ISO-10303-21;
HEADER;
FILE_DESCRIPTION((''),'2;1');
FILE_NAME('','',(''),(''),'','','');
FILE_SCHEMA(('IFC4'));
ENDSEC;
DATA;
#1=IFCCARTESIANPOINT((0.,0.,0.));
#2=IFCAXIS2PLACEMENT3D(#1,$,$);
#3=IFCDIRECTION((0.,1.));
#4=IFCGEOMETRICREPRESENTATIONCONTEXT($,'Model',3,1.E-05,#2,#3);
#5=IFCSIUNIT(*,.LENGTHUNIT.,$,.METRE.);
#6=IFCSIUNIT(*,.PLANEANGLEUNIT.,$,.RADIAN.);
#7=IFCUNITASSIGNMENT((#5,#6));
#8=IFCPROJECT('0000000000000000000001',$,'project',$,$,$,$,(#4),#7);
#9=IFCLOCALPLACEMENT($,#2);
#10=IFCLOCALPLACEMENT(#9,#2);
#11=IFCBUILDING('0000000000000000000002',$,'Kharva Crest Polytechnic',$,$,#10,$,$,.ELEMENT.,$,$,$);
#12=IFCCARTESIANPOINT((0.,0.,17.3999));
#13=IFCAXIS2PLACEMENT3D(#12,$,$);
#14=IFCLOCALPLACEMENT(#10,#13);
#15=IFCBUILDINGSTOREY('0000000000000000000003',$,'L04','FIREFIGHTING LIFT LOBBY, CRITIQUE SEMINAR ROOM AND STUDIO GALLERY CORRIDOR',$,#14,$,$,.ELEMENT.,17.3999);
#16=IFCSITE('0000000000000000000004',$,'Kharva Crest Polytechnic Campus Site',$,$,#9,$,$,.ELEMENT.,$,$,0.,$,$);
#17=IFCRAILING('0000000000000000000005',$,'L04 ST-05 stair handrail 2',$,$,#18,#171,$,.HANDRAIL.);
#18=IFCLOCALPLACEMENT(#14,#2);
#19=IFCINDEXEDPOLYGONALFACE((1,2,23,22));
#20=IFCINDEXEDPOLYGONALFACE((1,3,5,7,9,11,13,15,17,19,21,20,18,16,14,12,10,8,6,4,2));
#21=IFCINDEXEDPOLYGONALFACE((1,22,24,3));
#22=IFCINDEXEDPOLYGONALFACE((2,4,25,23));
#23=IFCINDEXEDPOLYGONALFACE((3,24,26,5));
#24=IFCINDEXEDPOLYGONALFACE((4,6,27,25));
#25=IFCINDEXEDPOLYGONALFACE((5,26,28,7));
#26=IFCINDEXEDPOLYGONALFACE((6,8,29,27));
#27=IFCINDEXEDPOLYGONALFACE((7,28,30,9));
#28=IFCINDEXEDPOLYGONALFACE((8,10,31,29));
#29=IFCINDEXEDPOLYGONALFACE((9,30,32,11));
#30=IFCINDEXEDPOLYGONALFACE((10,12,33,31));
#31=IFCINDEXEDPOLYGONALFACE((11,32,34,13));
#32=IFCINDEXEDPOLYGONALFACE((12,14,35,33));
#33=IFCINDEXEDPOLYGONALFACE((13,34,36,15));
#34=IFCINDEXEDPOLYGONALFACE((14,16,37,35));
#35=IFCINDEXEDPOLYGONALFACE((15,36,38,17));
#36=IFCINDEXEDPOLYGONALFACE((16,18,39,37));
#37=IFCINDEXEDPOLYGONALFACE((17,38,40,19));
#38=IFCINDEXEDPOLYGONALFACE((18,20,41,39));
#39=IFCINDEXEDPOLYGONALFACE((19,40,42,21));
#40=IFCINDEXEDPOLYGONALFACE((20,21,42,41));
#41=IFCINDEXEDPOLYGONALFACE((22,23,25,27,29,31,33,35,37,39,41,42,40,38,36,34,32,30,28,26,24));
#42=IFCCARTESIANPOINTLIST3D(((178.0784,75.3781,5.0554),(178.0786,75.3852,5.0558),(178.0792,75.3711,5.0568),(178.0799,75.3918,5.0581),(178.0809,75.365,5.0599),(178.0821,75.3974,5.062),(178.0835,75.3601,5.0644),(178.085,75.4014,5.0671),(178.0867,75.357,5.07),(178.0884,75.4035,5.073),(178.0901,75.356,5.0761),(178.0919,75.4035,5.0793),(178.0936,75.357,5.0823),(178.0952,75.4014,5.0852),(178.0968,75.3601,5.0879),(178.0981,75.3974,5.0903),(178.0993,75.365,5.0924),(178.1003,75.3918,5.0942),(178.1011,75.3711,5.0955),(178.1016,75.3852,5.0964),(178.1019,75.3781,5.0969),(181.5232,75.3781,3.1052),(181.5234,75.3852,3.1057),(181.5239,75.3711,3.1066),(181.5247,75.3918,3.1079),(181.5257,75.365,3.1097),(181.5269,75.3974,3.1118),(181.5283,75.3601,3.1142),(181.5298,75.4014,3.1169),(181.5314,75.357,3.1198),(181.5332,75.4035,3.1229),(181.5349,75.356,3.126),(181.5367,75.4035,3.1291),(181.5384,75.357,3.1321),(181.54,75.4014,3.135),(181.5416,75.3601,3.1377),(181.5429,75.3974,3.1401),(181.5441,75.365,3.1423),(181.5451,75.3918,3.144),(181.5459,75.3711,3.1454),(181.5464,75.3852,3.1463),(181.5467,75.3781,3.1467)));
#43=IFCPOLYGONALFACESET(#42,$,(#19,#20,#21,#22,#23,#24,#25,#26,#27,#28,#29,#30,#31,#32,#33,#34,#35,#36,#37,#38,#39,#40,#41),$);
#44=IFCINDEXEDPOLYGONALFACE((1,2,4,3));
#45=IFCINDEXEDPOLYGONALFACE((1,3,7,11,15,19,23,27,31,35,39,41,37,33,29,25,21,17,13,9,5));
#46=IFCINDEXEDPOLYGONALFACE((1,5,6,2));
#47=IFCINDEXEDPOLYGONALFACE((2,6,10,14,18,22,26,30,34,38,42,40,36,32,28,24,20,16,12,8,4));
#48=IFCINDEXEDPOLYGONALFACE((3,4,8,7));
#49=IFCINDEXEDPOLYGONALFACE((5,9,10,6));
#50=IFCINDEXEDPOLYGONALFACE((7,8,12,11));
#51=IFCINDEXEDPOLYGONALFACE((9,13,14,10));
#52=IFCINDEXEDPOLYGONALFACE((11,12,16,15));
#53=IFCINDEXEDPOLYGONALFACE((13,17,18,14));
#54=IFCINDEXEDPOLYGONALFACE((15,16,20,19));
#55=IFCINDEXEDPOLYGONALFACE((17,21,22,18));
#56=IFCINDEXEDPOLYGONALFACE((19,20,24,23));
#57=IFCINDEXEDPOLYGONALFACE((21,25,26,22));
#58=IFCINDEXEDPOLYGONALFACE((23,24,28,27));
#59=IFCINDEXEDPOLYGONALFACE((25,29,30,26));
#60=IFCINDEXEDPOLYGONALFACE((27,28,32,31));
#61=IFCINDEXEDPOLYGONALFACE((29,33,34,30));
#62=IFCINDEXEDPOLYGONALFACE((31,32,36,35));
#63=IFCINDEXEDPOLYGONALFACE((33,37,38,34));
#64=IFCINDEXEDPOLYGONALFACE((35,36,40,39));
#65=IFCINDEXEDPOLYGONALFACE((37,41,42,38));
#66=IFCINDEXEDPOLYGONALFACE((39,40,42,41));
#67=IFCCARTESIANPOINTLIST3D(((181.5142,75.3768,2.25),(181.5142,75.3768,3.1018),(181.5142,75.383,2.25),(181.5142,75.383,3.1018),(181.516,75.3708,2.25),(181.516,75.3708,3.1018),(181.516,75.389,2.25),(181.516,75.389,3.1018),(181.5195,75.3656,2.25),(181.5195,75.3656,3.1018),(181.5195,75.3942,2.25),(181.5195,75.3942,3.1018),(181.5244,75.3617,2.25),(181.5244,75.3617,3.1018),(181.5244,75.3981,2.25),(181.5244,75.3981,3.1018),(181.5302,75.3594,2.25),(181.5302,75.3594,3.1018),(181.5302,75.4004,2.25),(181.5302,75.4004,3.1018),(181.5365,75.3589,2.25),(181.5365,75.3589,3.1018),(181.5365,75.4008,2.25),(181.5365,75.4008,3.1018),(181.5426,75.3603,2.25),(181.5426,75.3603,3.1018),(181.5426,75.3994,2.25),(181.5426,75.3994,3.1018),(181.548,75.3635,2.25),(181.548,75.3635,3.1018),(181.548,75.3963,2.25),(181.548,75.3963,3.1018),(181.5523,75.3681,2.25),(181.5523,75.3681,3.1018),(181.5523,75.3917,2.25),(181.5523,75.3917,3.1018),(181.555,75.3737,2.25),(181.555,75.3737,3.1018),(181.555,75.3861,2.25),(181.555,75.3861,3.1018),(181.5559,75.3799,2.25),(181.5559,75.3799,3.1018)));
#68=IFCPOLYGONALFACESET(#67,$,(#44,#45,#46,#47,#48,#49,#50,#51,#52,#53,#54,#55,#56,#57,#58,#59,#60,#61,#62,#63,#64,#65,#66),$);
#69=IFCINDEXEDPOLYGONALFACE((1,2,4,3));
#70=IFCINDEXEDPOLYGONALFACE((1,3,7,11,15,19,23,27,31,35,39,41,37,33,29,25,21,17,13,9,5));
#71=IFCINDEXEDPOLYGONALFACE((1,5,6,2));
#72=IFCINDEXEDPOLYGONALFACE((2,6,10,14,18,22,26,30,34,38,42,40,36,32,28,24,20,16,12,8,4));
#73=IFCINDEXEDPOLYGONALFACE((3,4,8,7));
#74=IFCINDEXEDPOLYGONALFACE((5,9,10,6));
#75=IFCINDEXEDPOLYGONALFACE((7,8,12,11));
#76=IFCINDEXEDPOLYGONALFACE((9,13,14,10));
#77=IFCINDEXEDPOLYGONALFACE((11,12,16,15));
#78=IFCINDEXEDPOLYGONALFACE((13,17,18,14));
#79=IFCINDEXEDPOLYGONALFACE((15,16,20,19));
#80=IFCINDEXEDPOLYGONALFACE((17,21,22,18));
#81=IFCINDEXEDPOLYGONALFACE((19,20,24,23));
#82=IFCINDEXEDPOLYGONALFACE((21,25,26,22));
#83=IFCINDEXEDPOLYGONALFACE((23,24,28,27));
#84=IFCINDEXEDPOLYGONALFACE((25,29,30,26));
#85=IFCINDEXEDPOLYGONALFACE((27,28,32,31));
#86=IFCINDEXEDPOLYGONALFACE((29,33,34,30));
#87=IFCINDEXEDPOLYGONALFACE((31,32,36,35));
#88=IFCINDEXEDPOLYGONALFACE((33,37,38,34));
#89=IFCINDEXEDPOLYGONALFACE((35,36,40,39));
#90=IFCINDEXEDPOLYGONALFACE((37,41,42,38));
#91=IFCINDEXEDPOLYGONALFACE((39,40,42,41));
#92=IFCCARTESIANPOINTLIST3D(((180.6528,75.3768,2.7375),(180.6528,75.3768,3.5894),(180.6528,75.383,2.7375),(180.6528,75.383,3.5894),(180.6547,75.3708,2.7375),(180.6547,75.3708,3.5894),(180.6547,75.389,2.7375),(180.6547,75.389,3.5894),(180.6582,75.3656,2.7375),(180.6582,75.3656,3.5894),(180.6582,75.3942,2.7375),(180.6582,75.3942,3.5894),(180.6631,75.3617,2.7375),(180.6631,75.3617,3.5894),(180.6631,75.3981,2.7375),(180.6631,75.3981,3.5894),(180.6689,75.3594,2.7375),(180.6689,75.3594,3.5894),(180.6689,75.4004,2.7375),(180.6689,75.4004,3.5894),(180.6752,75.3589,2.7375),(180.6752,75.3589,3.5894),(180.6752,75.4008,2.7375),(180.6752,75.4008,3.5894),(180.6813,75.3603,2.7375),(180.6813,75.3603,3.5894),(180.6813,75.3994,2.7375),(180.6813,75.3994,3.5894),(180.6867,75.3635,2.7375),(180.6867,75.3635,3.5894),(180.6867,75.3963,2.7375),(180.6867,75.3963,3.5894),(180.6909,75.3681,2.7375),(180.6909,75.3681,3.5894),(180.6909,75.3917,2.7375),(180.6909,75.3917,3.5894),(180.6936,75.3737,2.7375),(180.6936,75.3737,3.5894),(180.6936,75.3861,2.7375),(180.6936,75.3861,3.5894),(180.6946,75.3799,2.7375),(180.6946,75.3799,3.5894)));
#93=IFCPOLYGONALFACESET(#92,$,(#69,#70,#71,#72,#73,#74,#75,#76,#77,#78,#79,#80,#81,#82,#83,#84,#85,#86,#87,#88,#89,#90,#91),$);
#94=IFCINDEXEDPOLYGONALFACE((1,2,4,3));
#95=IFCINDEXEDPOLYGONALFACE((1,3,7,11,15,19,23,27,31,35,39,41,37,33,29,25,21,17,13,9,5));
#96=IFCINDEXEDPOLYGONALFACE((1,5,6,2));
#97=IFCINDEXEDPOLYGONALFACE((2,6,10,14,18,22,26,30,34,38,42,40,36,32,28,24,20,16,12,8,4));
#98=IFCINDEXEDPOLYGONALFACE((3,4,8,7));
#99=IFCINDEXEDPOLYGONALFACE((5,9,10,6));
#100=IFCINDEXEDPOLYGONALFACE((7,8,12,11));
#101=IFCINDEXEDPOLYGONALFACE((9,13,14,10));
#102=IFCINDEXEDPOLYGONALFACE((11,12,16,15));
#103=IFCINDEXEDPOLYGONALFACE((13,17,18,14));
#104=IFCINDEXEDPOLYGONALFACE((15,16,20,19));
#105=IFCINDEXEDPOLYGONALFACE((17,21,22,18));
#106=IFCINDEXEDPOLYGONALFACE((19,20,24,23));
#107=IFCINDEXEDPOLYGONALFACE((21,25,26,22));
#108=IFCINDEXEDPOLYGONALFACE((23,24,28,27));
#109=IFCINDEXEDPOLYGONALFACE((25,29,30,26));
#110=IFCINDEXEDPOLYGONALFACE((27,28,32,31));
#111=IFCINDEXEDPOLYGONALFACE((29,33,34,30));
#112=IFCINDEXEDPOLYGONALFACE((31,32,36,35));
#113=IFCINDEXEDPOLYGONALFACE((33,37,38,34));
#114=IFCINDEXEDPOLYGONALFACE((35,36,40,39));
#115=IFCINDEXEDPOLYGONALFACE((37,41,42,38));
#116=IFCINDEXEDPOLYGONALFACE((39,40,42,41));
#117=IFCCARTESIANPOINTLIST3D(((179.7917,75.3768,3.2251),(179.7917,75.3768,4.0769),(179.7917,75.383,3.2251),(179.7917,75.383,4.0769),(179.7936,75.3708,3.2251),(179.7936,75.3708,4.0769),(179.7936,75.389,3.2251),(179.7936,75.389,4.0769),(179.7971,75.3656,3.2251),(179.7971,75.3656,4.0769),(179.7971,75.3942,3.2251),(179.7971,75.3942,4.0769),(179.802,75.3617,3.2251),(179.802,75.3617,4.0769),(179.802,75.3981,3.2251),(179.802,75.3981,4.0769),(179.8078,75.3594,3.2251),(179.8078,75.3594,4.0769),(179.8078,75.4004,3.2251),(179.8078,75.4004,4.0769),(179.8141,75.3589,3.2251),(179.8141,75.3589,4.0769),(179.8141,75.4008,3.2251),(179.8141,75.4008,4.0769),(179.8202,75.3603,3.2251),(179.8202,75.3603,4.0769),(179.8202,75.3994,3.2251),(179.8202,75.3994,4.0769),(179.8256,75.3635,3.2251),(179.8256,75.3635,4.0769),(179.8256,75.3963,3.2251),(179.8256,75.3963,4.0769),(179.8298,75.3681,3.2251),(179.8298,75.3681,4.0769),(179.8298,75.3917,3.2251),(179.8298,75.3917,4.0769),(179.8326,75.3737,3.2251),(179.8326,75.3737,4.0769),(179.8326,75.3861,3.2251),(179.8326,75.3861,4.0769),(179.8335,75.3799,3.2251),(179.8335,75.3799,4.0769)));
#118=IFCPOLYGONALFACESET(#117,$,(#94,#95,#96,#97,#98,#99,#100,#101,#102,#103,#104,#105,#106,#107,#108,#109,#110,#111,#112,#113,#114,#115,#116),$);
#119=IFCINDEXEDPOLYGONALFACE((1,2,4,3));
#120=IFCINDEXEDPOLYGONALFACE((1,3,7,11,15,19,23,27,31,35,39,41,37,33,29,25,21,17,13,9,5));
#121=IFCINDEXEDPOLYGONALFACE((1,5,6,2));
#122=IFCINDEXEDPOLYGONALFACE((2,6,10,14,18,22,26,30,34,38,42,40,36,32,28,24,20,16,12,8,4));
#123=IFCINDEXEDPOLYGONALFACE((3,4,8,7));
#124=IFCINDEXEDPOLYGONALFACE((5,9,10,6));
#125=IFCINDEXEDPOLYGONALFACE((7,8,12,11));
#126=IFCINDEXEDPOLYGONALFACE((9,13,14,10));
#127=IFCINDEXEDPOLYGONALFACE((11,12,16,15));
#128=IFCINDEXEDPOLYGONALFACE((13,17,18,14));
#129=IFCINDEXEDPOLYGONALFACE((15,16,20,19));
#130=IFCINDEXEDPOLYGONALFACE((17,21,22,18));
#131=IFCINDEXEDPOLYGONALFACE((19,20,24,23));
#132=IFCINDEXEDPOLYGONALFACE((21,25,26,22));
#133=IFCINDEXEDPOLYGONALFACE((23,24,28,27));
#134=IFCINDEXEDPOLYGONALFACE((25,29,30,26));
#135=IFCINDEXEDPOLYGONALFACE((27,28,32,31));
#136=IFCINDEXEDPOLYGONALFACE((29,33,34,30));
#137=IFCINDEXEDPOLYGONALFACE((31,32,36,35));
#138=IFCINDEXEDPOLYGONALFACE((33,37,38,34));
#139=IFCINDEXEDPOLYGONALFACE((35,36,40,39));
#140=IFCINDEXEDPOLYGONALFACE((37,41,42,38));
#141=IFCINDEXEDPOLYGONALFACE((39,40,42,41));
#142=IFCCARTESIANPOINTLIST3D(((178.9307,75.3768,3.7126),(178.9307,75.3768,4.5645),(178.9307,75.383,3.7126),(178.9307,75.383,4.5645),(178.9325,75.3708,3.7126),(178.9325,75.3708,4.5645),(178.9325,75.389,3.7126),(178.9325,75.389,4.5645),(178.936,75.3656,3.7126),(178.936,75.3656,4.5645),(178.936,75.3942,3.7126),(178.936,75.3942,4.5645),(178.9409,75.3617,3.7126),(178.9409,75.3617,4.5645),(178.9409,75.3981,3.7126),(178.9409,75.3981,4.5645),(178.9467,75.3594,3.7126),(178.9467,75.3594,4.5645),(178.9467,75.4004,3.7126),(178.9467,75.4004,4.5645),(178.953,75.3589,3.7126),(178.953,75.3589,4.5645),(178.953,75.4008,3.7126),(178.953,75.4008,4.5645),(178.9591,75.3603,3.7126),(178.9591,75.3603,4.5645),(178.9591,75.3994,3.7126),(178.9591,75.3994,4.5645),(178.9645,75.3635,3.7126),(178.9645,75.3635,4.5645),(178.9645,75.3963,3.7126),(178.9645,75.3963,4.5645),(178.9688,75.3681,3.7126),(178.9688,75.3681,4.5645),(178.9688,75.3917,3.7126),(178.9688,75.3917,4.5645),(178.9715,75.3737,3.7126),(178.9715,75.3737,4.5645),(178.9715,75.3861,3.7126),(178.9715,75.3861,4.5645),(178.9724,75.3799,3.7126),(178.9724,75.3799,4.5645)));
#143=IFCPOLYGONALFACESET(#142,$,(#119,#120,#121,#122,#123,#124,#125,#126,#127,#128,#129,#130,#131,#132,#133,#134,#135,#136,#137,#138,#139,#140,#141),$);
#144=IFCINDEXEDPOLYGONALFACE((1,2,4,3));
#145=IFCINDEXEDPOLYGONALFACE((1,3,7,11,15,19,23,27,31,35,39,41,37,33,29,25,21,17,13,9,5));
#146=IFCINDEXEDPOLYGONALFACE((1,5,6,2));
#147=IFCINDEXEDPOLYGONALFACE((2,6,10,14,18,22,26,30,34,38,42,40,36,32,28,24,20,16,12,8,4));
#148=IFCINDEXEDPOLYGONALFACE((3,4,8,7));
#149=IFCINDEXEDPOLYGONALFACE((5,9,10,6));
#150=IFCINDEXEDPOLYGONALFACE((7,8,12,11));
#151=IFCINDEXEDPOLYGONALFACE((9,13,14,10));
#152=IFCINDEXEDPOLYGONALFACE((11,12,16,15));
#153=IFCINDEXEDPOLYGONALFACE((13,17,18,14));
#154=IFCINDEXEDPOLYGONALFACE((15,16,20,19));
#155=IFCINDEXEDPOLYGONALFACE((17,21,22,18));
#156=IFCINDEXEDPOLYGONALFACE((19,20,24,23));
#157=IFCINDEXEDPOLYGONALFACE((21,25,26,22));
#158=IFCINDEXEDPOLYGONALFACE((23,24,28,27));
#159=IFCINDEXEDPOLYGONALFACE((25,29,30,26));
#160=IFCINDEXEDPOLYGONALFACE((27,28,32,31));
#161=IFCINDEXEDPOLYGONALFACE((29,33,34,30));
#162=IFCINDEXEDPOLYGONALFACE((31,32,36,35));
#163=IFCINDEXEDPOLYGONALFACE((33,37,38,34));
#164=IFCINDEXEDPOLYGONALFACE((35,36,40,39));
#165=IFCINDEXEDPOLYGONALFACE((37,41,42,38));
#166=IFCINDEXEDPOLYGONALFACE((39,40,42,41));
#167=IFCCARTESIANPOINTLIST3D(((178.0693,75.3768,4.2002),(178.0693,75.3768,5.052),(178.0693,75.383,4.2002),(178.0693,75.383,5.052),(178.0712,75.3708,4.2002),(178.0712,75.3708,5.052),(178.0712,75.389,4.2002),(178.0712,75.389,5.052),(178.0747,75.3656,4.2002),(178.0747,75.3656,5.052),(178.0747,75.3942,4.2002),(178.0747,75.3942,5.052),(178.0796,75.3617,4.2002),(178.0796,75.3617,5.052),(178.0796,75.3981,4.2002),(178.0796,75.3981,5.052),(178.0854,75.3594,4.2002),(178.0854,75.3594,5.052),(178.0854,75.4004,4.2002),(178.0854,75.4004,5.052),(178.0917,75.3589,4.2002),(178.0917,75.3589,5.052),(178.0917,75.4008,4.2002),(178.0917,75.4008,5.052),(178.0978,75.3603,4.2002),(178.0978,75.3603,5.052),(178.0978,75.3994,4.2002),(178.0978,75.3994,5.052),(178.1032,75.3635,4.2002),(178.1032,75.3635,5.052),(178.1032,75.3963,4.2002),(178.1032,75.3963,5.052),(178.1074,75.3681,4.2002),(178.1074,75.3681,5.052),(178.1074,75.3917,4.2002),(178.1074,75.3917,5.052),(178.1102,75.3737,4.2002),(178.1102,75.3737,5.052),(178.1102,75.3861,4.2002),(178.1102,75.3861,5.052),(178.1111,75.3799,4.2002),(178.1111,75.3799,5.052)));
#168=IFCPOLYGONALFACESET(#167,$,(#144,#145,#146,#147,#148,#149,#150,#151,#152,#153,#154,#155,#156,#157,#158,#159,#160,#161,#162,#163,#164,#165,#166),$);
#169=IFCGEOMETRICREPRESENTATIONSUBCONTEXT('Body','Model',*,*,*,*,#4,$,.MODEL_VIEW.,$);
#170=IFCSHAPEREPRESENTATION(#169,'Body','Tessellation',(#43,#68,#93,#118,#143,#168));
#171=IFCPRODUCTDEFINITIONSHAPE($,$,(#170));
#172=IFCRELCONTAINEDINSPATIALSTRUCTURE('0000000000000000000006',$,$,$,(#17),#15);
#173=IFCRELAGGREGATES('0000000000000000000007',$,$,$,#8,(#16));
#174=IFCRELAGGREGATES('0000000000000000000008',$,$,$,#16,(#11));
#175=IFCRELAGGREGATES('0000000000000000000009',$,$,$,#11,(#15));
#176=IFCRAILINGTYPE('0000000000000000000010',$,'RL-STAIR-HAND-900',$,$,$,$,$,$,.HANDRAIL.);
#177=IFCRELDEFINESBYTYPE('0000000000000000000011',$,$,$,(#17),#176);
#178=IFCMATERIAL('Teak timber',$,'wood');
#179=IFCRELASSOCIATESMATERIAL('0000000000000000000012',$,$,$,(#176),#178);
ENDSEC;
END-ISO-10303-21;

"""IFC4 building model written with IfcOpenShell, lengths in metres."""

from ifc_helpers import new_model, si_unit, direction, frame, origin, origin_2d, place, context, subcontext, project, spatial, circle, extrude, material, type_object, element, save


model = new_model("IFC4")

# Units and contexts
model_context = context("Model", 3, precision=1e-05, world=origin(), true_north=direction((0.0, 1.0)))
body_context = subcontext(model_context, "Body", "Model", "MODEL_VIEW")
ifc_project = project(units=[si_unit("LENGTHUNIT", "METRE"), si_unit("PLANEANGLEUNIT", "RADIAN")], contexts=[model_context])

# Site, building, storey
site_placement = place(None, origin())
site = spatial("IfcSite", under=ifc_project, at=site_placement, Name="Kharva Crest Polytechnic Campus Site", CompositionType="ELEMENT", RefElevation=0.0)
building_placement = place(site_placement, origin())
building = spatial("IfcBuilding", under=site, at=building_placement, Name="Kharva Crest Polytechnic", CompositionType="ELEMENT")
storey_placement = place(building_placement, frame((0.0, 0.0, 17.3999)))
storey = spatial("IfcBuildingStorey", under=building, at=storey_placement, Name="L04", Description="FIREFIGHTING LIFT LOBBY, CRITIQUE SEMINAR ROOM AND STUDIO GALLERY CORRIDOR", CompositionType="ELEMENT", Elevation=17.3999)

# Railing
ifc_material_1 = material(Name="Teak timber", Category="wood")
railing_type_1 = type_object("IfcRailingType", Name="RL-STAIR-HAND-900", PredefinedType="HANDRAIL", material=ifc_material_1)
railing_1_placement = place(storey_placement, frame((181.5349, 75.3799, 2.25)))
element("IfcRailing", 1, at=railing_1_placement, inside=storey, type_object=railing_type_1, Name="L04 ST-05 stair handrail 2", PredefinedType="HANDRAIL", context=body_context, shape_type="SweptSolid", body=[
    extrude(circle(Radius=0.0239, at=origin_2d()), frame((0.0, 0.0, 0.876), z_axis=(-0.870225, 0.0, 0.492655), x_axis=(0.0, -1.0, 0.0)), (0.0, 0.0, 1.0), 3.9585),
    extrude(circle(Radius=0.021, at=origin_2d()), origin(), (0.0, 0.0, 1.0), 0.8518),
    extrude(circle(Radius=0.021, at=origin_2d()), frame((-0.8613, 0.0, 0.4875)), (0.0, 0.0, 1.0), 0.8518),
    extrude(circle(Radius=0.021, at=origin_2d()), frame((-1.7224, 0.0, 0.9751)), (0.0, 0.0, 1.0), 0.8518),
    extrude(circle(Radius=0.021, at=origin_2d()), frame((-2.5835, 0.0, 1.4626)), (0.0, 0.0, 1.0), 0.8518),
    extrude(circle(Radius=0.021, at=origin_2d()), frame((-3.4448, 0.0, 1.9502)), (0.0, 0.0, 1.0), 0.8518),
])

save(model, "model.ifc")
